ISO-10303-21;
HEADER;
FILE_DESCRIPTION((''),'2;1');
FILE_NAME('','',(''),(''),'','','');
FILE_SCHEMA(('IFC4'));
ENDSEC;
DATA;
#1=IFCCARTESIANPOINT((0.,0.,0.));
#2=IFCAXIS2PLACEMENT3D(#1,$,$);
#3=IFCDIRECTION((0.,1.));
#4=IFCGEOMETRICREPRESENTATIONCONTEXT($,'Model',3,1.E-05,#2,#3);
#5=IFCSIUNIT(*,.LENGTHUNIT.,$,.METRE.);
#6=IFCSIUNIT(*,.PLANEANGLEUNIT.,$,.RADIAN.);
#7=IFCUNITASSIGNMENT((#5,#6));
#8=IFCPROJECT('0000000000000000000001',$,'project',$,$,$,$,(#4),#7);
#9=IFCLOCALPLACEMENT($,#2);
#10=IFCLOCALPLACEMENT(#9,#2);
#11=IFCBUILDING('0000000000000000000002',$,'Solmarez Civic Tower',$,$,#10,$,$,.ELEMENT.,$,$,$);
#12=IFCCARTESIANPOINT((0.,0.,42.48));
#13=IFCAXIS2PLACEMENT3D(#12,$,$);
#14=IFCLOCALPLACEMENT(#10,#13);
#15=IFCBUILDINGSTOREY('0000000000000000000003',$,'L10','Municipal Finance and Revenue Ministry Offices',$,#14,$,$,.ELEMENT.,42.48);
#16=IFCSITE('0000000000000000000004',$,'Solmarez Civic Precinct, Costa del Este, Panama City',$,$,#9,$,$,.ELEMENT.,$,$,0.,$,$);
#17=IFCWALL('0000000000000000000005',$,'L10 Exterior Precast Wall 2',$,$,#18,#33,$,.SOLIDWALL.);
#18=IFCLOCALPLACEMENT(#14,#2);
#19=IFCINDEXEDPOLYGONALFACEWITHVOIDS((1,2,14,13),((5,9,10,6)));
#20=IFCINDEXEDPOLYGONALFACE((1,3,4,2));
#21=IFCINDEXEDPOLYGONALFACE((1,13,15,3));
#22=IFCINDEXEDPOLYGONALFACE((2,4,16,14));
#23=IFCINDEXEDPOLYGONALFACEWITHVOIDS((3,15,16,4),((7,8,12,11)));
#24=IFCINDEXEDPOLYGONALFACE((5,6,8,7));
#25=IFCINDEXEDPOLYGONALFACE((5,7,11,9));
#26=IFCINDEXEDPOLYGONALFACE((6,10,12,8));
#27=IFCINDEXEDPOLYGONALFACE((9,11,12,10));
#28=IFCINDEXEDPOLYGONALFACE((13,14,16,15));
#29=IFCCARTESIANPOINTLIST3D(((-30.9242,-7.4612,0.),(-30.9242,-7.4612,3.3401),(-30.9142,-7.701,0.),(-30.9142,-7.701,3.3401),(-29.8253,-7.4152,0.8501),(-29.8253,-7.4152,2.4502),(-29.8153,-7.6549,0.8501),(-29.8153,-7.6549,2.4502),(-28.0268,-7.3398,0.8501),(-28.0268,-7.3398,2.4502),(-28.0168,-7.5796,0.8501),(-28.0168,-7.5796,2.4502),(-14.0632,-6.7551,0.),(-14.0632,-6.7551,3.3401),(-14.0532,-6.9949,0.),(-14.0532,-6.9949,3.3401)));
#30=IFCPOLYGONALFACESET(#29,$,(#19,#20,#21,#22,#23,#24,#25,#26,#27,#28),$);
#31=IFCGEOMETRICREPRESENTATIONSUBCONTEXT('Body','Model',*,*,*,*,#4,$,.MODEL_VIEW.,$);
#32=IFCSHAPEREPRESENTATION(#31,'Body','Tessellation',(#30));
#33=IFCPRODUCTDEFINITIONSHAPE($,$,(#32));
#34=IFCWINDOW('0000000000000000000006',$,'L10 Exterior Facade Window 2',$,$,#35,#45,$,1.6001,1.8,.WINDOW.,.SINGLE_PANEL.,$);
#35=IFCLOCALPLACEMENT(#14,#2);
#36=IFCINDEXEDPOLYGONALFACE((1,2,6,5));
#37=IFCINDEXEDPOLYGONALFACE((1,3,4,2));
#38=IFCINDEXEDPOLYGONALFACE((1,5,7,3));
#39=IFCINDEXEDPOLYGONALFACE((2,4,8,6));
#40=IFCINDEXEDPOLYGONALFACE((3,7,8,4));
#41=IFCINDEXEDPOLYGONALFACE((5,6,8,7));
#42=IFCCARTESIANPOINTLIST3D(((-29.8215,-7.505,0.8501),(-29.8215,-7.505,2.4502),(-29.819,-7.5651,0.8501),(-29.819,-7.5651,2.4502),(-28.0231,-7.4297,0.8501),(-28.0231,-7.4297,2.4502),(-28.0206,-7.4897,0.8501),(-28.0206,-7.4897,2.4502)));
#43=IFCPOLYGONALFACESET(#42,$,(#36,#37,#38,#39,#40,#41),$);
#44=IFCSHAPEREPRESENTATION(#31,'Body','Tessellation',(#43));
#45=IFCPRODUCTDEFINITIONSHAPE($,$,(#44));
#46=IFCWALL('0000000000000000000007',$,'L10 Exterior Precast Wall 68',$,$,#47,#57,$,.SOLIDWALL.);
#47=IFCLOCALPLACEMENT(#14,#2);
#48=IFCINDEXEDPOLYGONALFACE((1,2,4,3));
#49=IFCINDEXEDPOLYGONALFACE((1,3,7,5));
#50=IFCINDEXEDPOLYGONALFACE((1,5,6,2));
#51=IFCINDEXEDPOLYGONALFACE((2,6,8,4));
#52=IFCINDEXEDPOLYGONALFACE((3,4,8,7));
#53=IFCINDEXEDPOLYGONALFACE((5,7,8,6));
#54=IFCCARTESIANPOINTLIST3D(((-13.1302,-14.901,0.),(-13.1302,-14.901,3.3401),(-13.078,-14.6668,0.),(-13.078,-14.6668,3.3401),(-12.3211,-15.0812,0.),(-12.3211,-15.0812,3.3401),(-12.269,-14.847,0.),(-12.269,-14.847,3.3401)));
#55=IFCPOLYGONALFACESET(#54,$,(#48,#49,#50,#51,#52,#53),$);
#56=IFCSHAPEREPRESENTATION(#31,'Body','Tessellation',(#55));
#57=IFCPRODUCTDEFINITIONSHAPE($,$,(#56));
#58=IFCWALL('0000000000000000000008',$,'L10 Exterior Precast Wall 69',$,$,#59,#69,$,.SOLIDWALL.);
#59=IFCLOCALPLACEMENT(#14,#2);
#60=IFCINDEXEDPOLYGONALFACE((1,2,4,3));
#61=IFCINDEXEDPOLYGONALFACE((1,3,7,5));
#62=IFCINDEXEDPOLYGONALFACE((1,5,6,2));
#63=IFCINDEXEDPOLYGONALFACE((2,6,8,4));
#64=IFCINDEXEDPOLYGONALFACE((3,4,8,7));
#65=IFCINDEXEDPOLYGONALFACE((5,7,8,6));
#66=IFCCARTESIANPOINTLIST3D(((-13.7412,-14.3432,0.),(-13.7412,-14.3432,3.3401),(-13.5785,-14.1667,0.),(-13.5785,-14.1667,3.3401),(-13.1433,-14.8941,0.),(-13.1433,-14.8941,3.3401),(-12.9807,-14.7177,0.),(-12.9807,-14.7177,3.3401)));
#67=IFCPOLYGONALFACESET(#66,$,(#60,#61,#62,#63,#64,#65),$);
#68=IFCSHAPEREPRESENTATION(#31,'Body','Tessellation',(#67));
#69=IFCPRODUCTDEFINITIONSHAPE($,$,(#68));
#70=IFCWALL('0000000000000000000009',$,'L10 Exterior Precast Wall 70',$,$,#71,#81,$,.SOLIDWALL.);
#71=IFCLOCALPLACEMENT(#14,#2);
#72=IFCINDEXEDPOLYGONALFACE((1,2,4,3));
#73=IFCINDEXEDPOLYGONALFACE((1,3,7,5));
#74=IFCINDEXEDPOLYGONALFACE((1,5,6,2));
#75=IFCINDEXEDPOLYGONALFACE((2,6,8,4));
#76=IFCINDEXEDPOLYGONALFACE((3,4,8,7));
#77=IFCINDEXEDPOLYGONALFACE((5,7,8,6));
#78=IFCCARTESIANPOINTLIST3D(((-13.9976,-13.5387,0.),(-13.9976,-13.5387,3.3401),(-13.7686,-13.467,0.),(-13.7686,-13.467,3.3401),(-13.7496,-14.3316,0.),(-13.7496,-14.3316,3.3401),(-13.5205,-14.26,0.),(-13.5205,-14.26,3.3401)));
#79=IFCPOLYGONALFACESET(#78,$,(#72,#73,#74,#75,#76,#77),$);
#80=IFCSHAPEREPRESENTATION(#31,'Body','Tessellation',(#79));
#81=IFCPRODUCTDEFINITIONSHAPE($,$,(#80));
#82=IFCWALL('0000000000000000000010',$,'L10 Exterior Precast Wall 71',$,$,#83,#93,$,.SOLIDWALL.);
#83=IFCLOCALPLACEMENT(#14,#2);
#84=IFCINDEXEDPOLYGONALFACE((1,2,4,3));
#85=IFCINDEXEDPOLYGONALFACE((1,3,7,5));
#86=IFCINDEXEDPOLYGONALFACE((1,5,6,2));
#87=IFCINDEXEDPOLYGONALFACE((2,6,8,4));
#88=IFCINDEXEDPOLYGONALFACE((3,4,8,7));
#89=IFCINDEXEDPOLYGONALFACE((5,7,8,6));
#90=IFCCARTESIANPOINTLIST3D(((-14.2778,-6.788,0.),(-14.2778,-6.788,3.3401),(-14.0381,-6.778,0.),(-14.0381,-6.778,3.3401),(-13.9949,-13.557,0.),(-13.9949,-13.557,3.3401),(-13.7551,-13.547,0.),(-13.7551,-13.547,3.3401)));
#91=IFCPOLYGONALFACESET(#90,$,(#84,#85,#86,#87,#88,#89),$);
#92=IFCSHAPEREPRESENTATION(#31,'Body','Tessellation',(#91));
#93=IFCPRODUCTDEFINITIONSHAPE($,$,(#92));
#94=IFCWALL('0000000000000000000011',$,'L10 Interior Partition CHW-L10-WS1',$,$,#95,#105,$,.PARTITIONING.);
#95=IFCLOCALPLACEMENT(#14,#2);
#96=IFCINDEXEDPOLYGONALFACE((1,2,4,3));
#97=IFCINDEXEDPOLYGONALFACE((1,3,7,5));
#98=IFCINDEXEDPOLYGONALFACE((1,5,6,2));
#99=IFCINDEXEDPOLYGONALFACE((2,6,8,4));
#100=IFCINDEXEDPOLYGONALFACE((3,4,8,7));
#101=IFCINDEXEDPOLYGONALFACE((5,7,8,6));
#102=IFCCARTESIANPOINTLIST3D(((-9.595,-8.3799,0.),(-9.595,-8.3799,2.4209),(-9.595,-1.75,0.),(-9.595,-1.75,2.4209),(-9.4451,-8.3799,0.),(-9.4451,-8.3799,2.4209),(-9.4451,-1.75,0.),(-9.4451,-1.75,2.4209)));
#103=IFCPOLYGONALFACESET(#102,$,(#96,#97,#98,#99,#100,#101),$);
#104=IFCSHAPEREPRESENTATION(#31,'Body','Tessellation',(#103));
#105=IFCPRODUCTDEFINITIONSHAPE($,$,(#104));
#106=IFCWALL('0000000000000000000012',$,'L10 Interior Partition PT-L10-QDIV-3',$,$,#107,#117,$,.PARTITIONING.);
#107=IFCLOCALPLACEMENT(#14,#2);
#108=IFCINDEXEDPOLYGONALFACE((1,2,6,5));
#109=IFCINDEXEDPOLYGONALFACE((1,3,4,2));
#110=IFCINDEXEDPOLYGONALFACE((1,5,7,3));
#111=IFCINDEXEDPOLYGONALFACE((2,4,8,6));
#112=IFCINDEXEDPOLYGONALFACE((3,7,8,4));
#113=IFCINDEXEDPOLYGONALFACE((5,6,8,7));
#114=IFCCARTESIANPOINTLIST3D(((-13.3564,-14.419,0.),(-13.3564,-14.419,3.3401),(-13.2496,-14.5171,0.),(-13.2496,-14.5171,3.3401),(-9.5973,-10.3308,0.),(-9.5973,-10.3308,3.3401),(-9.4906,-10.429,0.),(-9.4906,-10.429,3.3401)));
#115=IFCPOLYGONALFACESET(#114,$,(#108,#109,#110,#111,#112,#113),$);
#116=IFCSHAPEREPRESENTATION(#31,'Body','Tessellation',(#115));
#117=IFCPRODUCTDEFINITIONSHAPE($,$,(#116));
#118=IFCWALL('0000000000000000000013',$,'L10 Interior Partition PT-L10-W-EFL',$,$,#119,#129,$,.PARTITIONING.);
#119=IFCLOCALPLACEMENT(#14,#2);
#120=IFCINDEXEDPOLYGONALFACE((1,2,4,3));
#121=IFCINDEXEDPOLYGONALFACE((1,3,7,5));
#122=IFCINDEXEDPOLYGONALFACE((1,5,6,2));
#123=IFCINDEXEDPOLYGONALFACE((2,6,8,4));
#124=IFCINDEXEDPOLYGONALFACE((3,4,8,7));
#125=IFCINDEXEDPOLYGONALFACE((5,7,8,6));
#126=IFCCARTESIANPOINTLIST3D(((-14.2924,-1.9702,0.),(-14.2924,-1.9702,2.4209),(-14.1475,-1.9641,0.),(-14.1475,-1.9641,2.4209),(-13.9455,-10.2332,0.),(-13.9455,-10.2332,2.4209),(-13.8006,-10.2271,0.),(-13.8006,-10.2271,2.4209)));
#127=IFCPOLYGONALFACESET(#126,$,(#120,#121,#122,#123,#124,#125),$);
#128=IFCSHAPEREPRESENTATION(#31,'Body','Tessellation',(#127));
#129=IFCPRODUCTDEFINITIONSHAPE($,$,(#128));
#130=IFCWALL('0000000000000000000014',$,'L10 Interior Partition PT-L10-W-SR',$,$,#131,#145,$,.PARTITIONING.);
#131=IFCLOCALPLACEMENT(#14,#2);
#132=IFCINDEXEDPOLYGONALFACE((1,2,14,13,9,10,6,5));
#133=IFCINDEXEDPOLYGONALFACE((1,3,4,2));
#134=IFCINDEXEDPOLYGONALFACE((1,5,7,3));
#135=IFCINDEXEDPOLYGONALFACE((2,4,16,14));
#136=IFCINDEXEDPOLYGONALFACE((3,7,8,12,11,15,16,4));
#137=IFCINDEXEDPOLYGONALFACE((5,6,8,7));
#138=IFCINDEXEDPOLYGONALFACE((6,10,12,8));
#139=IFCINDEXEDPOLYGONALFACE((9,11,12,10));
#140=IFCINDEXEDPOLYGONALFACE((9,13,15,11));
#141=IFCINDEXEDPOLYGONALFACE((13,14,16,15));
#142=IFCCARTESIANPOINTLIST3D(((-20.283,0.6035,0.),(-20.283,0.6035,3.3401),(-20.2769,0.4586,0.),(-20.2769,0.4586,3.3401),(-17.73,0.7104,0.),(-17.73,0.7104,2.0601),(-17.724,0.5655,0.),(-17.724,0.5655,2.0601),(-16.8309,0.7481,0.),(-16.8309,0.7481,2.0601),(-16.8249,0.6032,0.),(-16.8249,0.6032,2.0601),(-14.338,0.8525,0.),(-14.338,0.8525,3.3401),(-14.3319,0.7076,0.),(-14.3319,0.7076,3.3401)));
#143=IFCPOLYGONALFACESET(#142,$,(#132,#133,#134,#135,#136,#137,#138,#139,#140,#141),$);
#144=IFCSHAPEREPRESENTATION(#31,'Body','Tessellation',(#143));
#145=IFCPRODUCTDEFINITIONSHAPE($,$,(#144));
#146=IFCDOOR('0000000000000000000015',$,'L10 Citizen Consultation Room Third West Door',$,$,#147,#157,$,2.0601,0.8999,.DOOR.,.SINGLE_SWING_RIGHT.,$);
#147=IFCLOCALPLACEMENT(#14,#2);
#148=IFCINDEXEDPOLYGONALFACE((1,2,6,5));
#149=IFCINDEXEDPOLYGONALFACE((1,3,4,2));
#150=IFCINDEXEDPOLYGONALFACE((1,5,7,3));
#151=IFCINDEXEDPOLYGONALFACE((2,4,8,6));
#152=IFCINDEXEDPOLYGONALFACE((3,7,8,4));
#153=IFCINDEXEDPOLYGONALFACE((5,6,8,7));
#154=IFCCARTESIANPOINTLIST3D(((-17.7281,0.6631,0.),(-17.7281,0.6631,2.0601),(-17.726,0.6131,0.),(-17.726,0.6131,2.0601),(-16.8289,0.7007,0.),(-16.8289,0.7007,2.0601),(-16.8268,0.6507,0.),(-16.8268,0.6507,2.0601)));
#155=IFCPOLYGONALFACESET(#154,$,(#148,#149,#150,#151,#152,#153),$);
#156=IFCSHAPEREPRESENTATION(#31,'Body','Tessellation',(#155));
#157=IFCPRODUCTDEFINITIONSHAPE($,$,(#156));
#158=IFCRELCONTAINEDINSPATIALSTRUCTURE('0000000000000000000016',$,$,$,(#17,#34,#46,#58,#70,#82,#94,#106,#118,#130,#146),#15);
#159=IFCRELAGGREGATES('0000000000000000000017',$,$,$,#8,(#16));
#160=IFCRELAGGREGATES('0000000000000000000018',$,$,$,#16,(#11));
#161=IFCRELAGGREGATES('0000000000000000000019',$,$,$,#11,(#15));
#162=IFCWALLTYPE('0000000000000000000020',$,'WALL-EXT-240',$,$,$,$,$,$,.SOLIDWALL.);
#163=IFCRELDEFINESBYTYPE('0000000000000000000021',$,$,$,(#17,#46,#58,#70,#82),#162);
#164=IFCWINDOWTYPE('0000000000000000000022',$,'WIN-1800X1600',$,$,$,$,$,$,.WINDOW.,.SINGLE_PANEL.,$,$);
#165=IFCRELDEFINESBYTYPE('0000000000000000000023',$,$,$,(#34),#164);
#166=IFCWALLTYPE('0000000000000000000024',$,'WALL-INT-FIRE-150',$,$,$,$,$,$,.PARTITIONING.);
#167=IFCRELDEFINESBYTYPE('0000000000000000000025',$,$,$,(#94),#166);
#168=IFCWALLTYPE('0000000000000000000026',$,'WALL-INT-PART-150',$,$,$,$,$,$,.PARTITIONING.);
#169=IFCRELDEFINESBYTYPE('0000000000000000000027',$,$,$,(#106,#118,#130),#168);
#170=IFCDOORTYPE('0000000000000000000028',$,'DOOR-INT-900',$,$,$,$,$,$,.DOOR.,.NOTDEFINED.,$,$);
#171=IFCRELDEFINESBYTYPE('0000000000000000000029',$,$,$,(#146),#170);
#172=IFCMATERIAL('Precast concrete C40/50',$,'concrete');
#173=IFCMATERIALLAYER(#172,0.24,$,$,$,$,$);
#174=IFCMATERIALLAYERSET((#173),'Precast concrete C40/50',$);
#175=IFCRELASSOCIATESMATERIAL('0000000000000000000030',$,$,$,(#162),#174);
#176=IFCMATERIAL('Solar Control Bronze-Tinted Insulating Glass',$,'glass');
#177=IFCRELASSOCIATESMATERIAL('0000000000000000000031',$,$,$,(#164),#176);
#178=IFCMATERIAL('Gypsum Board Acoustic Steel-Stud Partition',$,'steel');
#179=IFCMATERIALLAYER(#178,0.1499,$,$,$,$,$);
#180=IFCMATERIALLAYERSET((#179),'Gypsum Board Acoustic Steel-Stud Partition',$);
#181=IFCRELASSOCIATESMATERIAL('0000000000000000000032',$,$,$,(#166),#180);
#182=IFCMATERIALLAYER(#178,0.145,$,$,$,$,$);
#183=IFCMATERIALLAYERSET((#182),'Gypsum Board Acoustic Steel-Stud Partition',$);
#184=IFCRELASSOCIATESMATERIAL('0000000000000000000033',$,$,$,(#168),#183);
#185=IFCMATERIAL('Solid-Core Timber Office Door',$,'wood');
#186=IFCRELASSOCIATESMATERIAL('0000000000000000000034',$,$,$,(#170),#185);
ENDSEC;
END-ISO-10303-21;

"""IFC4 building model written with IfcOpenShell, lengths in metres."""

from ifc_helpers import new_model, si_unit, direction, frame, frame_2d, origin, place, context, subcontext, project, spatial, rectangle, extrude, material, layer, layer_set, type_object, element, fill, save


model = new_model("IFC4")

# Units and contexts
model_context = context("Model", 3, precision=1e-05, world=origin(), true_north=direction((0.0, 1.0)))
body_context = subcontext(model_context, "Body", "Model", "MODEL_VIEW")
ifc_project = project(units=[si_unit("LENGTHUNIT", "METRE"), si_unit("PLANEANGLEUNIT", "RADIAN")], contexts=[model_context])

# Site, building, storey
site_placement = place(None, origin())
site = spatial("IfcSite", under=ifc_project, at=site_placement, Name="Solmarez Civic Precinct, Costa del Este, Panama City", CompositionType="ELEMENT", RefElevation=0.0)
building_placement = place(site_placement, origin())
building = spatial("IfcBuilding", under=site, at=building_placement, Name="Solmarez Civic Tower", CompositionType="ELEMENT")
storey_placement = place(building_placement, frame((0.0, 0.0, 42.48)))
storey = spatial("IfcBuildingStorey", under=building, at=storey_placement, Name="L10", Description="Municipal Finance and Revenue Ministry Offices", CompositionType="ELEMENT", Elevation=42.48)

# Wall, opening, window
ifc_material_1 = material(Name="Precast concrete C40/50", Category="concrete")
ifc_layer_1 = layer(ifc_material_1, 0.24)
ifc_layer_set_1 = layer_set([ifc_layer_1], Name="Precast concrete C40/50")
wall_type_1 = type_object("IfcWallType", Name="WALL-EXT-240", PredefinedType="SOLIDWALL", material=ifc_layer_set_1)
wall_1_placement = place(storey_placement, frame((-14.0581, -6.875, 0.0), z_axis=(0.0, 0.0, 1.0), x_axis=(-0.999124, -0.041839, 0.0)))
wall_1 = element("IfcWall", 1, at=wall_1_placement, inside=storey, type_object=wall_type_1, Name="L10 Exterior Precast Wall 2", PredefinedType="SOLIDWALL", context=body_context, shape_type="SweptSolid", body=[
    extrude(rectangle(XDim=16.8757, YDim=0.24, at=frame_2d((8.438, 0.0))), origin(), (0.0, 0.0, 1.0), 3.3401),
])
opening_1_placement = place(wall_1_placement, frame((13.9761, 0.0, 0.8501)))
opening_1 = element("IfcOpeningElement", 2, at=opening_1_placement, cuts=wall_1, PredefinedType="OPENING", context=body_context, shape_type="SweptSolid", body=[
    extrude(rectangle(XDim=1.8, YDim=1.6001, at=frame_2d((0.8999, 0.8))), frame((0.0, 0.1299, 0.0), z_axis=(0.0, -1.0, 0.0), x_axis=(1.0, 0.0, 0.0)), (0.0, 0.0, 1.0), 0.26),
])
ifc_material_2 = material(Name="Solar Control Bronze-Tinted Insulating Glass", Category="glass")
window_type = type_object("IfcWindowType", Name="WIN-1800X1600", PartitioningType="SINGLE_PANEL", PredefinedType="WINDOW", material=ifc_material_2)
window_placement = place(opening_1_placement, origin())
window = element("IfcWindow", 3, at=window_placement, inside=storey, type_object=window_type, Name="L10 Exterior Facade Window 2", OverallHeight=1.6001, OverallWidth=1.8, PartitioningType="SINGLE_PANEL", PredefinedType="WINDOW", context=body_context, shape_type="SweptSolid", body=[
    extrude(rectangle(XDim=1.8, YDim=1.6001, at=frame_2d((0.8999, 0.8))), frame((0.0, 0.03, 0.0), z_axis=(0.0, -1.0, 0.0), x_axis=(1.0, 0.0, 0.0)), (0.0, 0.0, 1.0), 0.0601),
])
fill(opening_1, window)

# Walls
wall_2_placement = place(storey_placement, frame((-12.2949, -14.9641, 0.0), z_axis=(0.0, 0.0, 1.0), x_axis=(-0.97609, 0.217367, 0.0)))
element("IfcWall", 4, at=wall_2_placement, inside=storey, type_object=wall_type_1, Name="L10 Exterior Precast Wall 68", PredefinedType="SOLIDWALL", context=body_context, shape_type="SweptSolid", body=[
    extrude(rectangle(XDim=0.8289, YDim=0.24, at=frame_2d((0.4146, 0.0))), origin(), (0.0, 0.0, 1.0), 3.3401),
])
wall_3_placement = place(storey_placement, frame((-13.062, -14.8059, 0.0), z_axis=(0.0, 0.0, 1.0), x_axis=(-0.735344, 0.677694, 0.0)))
element("IfcWall", 5, at=wall_3_placement, inside=storey, type_object=wall_type_1, Name="L10 Exterior Precast Wall 69", PredefinedType="SOLIDWALL", context=body_context, shape_type="SweptSolid", body=[
    extrude(rectangle(XDim=0.813, YDim=0.24, at=frame_2d((0.4065, 0.0))), origin(), (0.0, 0.0, 1.0), 3.3401),
])
wall_4_placement = place(storey_placement, frame((-13.635, -14.2959, 0.0), z_axis=(0.0, 0.0, 1.0), x_axis=(-0.298543, 0.954396, 0.0)))
element("IfcWall", 6, at=wall_4_placement, inside=storey, type_object=wall_type_1, Name="L10 Exterior Precast Wall 70", PredefinedType="SOLIDWALL", context=body_context, shape_type="SweptSolid", body=[
    extrude(rectangle(XDim=0.8308, YDim=0.24, at=frame_2d((0.4155, 0.0))), origin(), (0.0, 0.0, 1.0), 3.3401),
])
wall_5_placement = place(storey_placement, frame((-13.875, -13.552, 0.0), z_axis=(0.0, 0.0, 1.0), x_axis=(-0.041765, 0.999127, 0.0)))
element("IfcWall", 7, at=wall_5_placement, inside=storey, type_object=wall_type_1, Name="L10 Exterior Precast Wall 71", PredefinedType="SOLIDWALL", context=body_context, shape_type="SweptSolid", body=[
    extrude(rectangle(XDim=6.7749, YDim=0.24, at=frame_2d((3.3875, 0.0))), origin(), (0.0, 0.0, 1.0), 3.3401),
])
ifc_material_3 = material(Name="Gypsum Board Acoustic Steel-Stud Partition", Category="steel")
ifc_layer_2 = layer(ifc_material_3, 0.1499)
ifc_layer_set_2 = layer_set([ifc_layer_2], Name="Gypsum Board Acoustic Steel-Stud Partition")
wall_type_2 = type_object("IfcWallType", Name="WALL-INT-FIRE-150", PredefinedType="PARTITIONING", material=ifc_layer_set_2)
wall_6_placement = place(storey_placement, frame((-9.52, -8.3799, 0.0), z_axis=(0.0, 0.0, 1.0), x_axis=(0.0, 1.0, 0.0)))
element("IfcWall", 8, at=wall_6_placement, inside=storey, type_object=wall_type_2, Name="L10 Interior Partition CHW-L10-WS1", PredefinedType="PARTITIONING", context=body_context, shape_type="SweptSolid", body=[
    extrude(rectangle(XDim=6.6299, YDim=0.1499, at=frame_2d((3.3149, 0.0))), origin(), (0.0, 0.0, 1.0), 2.4209),
])
ifc_layer_3 = layer(ifc_material_3, 0.145)
ifc_layer_set_3 = layer_set([ifc_layer_3], Name="Gypsum Board Acoustic Steel-Stud Partition")
wall_type_3 = type_object("IfcWallType", Name="WALL-INT-PART-150", PredefinedType="PARTITIONING", material=ifc_layer_set_3)
wall_7_placement = place(storey_placement, frame((-9.5439, -10.3799, 0.0), z_axis=(0.0, 0.0, 1.0), x_axis=(-0.676857, -0.736115, 0.0)))
element("IfcWall", 9, at=wall_7_placement, inside=storey, type_object=wall_type_3, Name="L10 Interior Partition PT-L10-QDIV-3", PredefinedType="PARTITIONING", context=body_context, shape_type="SweptSolid", body=[
    extrude(rectangle(XDim=5.5537, YDim=0.145, at=frame_2d((2.7769, 0.0))), origin(), (0.0, 0.0, 1.0), 3.3401),
])
wall_8_placement = place(storey_placement, frame((-14.22, -1.967, 0.0), z_axis=(0.0, 0.0, 1.0), x_axis=(0.041949, -0.99912, 0.0)))
element("IfcWall", 10, at=wall_8_placement, inside=storey, type_object=wall_type_3, Name="L10 Interior Partition PT-L10-W-EFL", PredefinedType="PARTITIONING", context=body_context, shape_type="SweptSolid", body=[
    extrude(rectangle(XDim=8.2703, YDim=0.145, at=frame_2d((4.1353, 0.0))), origin(), (0.0, 0.0, 1.0), 2.4209),
])

# Wall, opening, door
wall_9_placement = place(storey_placement, frame((-14.335, 0.78, 0.0), z_axis=(0.0, 0.0, 1.0), x_axis=(-0.999124, -0.041851, 0.0)))
wall_9 = element("IfcWall", 11, at=wall_9_placement, inside=storey, type_object=wall_type_3, Name="L10 Interior Partition PT-L10-W-SR", PredefinedType="PARTITIONING", context=body_context, shape_type="SweptSolid", body=[
    extrude(rectangle(XDim=5.9502, YDim=0.145, at=frame_2d((2.9751, 0.0))), origin(), (0.0, 0.0, 1.0), 3.3401),
])
opening_2_placement = place(wall_9_placement, frame((2.4951, 0.0, 0.0)))
opening_2 = element("IfcOpeningElement", 12, at=opening_2_placement, cuts=wall_9, PredefinedType="OPENING", context=body_context, shape_type="SweptSolid", body=[
    extrude(rectangle(XDim=0.8999, YDim=2.0601, at=frame_2d((0.45, 1.03))), frame((0.0, 0.0825, 0.0), z_axis=(0.0, -1.0, 0.0), x_axis=(1.0, 0.0, 0.0)), (0.0, 0.0, 1.0), 0.165),
])
ifc_material_4 = material(Name="Solid-Core Timber Office Door", Category="wood")
door_type = type_object("IfcDoorType", Name="DOOR-INT-900", OperationType="NOTDEFINED", PredefinedType="DOOR", material=ifc_material_4)
door_placement = place(opening_2_placement, origin())
door = element("IfcDoor", 13, at=door_placement, inside=storey, type_object=door_type, Name="L10 Citizen Consultation Room Third West Door", OperationType="SINGLE_SWING_RIGHT", OverallHeight=2.0601, OverallWidth=0.8999, PredefinedType="DOOR", context=body_context, shape_type="SweptSolid", body=[
    extrude(rectangle(XDim=0.8999, YDim=2.0601, at=frame_2d((0.45, 1.03))), frame((0.0, 0.0249, 0.0), z_axis=(0.0, -1.0, 0.0), x_axis=(1.0, 0.0, 0.0)), (0.0, 0.0, 1.0), 0.05),
])
fill(opening_2, door)

save(model, "model.ifc")
